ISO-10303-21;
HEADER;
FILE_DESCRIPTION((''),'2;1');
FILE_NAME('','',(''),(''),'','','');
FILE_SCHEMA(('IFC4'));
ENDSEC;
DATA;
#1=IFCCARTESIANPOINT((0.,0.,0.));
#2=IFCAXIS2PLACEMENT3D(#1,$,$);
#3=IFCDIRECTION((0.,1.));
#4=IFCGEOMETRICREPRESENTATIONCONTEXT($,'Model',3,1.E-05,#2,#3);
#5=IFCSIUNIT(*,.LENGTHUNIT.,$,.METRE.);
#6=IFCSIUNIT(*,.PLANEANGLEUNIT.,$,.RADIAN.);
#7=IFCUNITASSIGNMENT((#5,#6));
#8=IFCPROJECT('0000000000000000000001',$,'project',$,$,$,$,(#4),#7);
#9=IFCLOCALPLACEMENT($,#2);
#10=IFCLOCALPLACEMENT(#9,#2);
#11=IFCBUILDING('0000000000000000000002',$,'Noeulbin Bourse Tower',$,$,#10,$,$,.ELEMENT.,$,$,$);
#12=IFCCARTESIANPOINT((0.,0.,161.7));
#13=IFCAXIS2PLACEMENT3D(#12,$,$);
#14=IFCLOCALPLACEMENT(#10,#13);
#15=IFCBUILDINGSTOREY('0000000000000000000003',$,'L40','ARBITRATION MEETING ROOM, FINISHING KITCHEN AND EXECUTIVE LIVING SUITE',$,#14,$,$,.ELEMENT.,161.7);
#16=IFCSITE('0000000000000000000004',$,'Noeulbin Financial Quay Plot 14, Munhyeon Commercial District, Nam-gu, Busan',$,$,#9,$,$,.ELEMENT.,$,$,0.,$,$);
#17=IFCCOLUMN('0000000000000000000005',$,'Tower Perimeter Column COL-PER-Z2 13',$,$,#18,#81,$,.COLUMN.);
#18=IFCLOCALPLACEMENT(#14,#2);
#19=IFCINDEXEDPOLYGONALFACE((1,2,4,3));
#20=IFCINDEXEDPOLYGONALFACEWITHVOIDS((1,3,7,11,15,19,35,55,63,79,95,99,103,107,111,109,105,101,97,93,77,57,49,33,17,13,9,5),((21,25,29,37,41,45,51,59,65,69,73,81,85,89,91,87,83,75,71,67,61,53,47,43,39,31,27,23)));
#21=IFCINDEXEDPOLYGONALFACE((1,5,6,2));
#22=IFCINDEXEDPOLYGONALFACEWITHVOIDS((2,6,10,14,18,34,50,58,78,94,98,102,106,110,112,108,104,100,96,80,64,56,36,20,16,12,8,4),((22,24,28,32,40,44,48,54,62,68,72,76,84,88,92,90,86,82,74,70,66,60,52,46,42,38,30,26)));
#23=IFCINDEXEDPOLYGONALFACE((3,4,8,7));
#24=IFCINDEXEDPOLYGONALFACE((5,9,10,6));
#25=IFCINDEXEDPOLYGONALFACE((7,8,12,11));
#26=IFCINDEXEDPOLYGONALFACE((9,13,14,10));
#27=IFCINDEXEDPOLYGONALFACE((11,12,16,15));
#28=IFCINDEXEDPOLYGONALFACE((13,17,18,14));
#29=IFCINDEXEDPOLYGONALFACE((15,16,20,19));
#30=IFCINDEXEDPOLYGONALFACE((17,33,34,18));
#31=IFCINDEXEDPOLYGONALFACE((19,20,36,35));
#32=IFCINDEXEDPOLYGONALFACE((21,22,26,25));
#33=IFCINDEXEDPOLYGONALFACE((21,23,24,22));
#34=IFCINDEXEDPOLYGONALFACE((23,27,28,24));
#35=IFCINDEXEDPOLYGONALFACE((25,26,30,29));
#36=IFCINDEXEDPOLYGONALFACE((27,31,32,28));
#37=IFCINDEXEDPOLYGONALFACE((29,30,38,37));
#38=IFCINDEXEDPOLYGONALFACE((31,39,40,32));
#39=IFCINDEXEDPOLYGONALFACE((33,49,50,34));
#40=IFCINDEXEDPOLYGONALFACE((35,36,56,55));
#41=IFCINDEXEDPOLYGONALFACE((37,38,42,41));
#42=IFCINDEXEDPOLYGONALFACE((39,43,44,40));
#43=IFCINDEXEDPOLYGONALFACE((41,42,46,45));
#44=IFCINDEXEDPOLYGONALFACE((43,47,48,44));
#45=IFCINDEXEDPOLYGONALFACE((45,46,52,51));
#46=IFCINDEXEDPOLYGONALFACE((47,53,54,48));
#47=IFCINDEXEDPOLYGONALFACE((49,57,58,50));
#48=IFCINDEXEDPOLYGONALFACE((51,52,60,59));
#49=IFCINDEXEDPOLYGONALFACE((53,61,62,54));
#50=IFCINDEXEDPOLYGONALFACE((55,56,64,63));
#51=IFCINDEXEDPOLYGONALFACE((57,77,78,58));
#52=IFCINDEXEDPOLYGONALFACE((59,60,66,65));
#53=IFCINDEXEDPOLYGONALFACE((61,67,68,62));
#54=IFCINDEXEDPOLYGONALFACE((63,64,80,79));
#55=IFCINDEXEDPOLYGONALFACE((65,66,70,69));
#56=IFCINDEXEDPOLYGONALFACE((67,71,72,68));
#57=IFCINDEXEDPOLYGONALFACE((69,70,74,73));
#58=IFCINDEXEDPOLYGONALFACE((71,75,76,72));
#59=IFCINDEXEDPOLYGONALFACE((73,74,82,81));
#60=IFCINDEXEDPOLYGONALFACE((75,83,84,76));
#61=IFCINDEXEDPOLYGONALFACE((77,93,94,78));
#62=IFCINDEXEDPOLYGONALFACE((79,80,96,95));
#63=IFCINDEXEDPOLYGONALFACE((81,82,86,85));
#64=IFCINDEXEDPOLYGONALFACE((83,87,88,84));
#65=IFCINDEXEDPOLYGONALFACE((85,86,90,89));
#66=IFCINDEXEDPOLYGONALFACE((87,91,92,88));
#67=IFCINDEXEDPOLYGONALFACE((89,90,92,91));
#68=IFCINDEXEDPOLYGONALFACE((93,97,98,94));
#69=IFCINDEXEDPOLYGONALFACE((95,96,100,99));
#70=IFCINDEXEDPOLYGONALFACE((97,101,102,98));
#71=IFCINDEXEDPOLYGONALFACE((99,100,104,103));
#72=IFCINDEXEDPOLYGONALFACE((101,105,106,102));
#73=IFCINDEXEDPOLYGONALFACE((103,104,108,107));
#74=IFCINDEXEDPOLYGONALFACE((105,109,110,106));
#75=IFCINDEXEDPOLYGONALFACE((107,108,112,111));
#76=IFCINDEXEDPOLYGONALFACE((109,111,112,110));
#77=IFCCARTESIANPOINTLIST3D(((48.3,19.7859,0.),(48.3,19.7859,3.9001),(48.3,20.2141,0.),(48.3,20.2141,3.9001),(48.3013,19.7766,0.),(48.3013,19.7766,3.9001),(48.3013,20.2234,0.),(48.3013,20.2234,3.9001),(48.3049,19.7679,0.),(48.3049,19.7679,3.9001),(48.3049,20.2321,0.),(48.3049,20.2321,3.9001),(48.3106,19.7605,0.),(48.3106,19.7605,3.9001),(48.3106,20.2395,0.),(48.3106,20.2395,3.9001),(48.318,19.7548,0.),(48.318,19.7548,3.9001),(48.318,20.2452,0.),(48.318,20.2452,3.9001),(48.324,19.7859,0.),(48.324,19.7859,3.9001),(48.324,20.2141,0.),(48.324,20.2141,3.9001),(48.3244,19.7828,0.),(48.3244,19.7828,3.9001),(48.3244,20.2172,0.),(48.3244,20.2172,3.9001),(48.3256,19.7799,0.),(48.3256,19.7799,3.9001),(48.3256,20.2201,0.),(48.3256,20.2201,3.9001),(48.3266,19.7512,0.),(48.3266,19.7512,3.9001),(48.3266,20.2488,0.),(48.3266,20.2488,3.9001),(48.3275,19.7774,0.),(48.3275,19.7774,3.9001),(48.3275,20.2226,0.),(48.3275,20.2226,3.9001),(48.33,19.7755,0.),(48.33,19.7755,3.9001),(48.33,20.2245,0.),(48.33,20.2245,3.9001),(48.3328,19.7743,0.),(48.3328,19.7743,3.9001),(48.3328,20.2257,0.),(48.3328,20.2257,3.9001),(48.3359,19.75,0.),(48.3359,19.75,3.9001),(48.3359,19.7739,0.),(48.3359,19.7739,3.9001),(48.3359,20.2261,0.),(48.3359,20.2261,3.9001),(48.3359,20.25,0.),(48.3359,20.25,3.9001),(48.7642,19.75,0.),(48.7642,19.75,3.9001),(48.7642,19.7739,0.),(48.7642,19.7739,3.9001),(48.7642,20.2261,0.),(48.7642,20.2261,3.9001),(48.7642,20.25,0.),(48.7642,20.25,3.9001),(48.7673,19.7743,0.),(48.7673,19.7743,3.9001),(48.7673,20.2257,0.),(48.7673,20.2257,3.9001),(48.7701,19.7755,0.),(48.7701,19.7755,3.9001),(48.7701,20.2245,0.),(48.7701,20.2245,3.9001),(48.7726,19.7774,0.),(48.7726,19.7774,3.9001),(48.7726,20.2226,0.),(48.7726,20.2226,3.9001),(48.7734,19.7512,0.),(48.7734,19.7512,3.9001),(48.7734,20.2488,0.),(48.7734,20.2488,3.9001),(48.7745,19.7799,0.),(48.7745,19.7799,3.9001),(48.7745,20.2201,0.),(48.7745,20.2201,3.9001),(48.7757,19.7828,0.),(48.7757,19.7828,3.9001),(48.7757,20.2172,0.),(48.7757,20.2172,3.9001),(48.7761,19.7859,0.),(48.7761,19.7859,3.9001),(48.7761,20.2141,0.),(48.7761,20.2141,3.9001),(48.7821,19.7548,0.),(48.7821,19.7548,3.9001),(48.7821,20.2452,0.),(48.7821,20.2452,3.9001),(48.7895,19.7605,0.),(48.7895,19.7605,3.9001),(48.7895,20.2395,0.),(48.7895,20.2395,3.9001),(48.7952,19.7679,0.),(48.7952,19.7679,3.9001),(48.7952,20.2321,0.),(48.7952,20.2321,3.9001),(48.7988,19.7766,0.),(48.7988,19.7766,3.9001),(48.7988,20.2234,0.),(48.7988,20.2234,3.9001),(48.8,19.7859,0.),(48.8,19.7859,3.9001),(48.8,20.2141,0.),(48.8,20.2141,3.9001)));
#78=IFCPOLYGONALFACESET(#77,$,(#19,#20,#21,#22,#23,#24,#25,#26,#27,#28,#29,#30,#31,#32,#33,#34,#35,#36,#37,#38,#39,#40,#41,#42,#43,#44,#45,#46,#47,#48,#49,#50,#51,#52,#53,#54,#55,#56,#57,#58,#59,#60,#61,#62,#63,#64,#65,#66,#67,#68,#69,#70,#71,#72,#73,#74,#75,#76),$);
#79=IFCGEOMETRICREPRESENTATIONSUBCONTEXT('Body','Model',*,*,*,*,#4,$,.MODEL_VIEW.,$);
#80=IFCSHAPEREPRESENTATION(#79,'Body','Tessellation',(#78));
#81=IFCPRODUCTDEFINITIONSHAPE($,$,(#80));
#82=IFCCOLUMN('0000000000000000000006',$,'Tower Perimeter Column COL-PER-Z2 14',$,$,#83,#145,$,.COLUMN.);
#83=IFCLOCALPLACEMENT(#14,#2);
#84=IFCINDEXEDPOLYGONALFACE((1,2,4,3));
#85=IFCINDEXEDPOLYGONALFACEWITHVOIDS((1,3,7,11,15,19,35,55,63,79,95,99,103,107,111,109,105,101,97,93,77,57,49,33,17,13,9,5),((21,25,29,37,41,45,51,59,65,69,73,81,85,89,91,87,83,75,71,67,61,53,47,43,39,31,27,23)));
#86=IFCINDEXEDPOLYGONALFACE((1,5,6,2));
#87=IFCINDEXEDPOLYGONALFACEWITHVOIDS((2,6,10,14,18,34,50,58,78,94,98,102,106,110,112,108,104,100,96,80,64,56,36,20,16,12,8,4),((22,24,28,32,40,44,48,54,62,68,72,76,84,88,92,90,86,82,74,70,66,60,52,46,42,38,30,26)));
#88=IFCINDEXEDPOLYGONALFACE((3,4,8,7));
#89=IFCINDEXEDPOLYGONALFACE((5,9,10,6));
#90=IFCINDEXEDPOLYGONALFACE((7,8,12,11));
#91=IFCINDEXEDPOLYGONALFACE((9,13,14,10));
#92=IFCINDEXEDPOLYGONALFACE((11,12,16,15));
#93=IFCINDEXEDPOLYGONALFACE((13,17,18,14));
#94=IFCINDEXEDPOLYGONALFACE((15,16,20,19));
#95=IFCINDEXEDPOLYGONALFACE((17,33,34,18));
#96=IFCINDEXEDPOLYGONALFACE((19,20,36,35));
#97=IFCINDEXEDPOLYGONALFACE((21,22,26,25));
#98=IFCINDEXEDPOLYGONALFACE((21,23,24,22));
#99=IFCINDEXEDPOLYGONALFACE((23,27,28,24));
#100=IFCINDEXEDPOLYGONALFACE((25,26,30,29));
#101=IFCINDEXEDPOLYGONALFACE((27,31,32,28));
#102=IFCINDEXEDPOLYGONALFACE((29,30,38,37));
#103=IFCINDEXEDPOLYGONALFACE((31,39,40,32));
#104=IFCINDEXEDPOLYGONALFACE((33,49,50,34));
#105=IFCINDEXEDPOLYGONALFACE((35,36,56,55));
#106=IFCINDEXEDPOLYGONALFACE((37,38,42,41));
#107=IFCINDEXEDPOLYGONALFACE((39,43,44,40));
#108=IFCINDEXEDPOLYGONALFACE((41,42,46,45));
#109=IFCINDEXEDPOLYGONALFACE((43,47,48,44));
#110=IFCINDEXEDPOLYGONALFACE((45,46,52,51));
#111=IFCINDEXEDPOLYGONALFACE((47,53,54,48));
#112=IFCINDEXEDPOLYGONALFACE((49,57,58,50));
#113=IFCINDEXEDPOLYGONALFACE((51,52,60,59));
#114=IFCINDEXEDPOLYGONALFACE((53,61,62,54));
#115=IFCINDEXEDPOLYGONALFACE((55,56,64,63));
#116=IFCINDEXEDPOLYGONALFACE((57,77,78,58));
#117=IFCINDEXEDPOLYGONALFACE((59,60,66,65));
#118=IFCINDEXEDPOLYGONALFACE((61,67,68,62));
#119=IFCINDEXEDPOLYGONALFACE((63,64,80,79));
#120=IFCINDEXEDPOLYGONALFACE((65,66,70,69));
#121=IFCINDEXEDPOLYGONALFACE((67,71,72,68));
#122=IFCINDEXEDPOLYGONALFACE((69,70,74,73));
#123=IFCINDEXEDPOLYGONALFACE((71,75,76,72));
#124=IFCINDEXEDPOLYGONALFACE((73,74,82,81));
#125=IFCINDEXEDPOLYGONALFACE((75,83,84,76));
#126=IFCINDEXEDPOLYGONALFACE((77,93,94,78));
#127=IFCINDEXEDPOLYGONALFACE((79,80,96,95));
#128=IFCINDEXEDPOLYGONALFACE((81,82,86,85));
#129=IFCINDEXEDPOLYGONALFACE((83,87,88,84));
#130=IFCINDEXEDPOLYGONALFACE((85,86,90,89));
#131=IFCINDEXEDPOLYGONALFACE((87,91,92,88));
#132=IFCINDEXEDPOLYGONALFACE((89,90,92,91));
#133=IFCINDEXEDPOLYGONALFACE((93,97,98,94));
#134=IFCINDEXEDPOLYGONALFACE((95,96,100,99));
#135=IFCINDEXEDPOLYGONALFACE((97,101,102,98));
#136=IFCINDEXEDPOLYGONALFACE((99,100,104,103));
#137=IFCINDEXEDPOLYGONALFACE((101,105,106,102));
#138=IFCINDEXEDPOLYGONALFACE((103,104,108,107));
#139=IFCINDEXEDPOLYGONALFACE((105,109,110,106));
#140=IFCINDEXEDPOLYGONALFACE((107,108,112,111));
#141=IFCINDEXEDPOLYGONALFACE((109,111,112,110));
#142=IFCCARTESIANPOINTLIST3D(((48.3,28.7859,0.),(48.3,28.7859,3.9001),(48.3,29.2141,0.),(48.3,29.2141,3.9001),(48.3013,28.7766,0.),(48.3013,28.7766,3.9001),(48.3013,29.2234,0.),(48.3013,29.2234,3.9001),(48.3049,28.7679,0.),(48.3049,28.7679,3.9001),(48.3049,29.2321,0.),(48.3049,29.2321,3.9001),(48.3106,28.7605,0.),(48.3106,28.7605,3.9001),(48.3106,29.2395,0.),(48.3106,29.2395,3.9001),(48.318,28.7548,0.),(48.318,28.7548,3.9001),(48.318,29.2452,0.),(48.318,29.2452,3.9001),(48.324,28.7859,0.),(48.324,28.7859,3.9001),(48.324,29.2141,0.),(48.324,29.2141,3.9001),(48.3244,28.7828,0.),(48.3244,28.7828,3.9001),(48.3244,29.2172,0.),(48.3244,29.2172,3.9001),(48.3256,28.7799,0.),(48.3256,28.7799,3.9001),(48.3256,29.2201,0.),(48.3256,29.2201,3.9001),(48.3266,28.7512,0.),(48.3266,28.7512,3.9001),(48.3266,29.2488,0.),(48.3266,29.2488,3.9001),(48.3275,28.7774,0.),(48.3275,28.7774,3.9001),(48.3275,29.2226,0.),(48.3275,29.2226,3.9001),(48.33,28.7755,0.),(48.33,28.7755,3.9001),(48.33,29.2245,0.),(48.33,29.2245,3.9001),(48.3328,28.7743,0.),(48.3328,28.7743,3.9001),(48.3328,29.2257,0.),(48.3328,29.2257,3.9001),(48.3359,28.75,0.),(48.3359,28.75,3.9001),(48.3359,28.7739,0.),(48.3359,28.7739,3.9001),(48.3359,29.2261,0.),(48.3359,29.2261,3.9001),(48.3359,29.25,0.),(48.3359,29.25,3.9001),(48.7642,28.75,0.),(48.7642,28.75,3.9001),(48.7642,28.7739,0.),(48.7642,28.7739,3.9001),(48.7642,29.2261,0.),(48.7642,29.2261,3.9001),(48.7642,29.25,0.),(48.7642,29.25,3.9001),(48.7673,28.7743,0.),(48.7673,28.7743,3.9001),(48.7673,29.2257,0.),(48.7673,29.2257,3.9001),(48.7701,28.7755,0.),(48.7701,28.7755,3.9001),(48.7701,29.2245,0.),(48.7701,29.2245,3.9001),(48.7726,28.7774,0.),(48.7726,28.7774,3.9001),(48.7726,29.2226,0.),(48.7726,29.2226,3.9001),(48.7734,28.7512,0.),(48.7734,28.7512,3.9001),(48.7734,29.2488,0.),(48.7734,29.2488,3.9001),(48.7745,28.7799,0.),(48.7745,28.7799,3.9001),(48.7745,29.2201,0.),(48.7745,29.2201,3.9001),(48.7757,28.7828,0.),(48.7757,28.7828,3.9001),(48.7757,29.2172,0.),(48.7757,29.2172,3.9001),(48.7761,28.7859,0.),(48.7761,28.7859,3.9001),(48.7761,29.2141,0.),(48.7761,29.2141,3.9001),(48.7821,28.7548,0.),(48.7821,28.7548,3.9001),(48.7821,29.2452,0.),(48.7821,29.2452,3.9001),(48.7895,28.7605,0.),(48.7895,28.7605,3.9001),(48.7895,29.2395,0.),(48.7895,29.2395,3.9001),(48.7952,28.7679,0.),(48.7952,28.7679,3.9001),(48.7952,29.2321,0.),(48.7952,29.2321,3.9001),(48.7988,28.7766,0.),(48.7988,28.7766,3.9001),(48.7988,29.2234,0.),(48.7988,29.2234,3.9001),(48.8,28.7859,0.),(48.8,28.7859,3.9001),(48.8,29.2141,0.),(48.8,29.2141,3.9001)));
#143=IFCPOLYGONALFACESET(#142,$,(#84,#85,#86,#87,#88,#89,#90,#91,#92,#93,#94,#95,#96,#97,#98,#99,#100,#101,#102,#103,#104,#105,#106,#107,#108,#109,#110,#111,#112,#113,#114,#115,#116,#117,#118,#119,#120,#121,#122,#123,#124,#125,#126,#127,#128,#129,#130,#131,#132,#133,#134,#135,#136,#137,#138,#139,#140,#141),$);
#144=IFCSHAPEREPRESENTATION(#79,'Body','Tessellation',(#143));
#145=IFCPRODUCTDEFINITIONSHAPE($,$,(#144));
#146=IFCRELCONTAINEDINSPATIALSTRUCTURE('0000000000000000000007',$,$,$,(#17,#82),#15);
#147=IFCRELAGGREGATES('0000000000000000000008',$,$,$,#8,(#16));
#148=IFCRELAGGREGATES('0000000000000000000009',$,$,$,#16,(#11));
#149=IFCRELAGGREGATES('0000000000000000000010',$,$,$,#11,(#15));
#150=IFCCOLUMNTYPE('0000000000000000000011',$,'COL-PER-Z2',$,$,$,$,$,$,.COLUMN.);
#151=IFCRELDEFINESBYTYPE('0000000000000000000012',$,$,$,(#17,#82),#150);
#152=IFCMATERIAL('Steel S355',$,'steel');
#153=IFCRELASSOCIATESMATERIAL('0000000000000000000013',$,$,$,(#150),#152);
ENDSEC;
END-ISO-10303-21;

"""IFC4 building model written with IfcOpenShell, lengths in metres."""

from ifc_helpers import new_model, si_unit, direction, frame, origin, origin_2d, place, context, subcontext, project, spatial, hollow_rectangle, extrude, material, material_profile, profile_set, type_object, element, save


model = new_model("IFC4")

# Units and contexts
model_context = context("Model", 3, precision=1e-05, world=origin(), true_north=direction((0.0, 1.0)))
body_context = subcontext(model_context, "Body", "Model", "MODEL_VIEW")
ifc_project = project(units=[si_unit("LENGTHUNIT", "METRE"), si_unit("PLANEANGLEUNIT", "RADIAN")], contexts=[model_context])

# Site, building, storey
site_placement = place(None, origin())
site = spatial("IfcSite", under=ifc_project, at=site_placement, Name="Noeulbin Financial Quay Plot 14, Munhyeon Commercial District, Nam-gu, Busan", CompositionType="ELEMENT", RefElevation=0.0)
building_placement = place(site_placement, origin())
building = spatial("IfcBuilding", under=site, at=building_placement, Name="Noeulbin Bourse Tower", CompositionType="ELEMENT")
storey_placement = place(building_placement, frame((0.0, 0.0, 161.7)))
storey = spatial("IfcBuildingStorey", under=building, at=storey_placement, Name="L40", Description="ARBITRATION MEETING ROOM, FINISHING KITCHEN AND EXECUTIVE LIVING SUITE", CompositionType="ELEMENT", Elevation=161.7)

# Columns
ifc_material_1 = material(Name="Steel S355", Category="steel")
ifc_material_profile_1 = material_profile(ifc_material_1, hollow_rectangle(XDim=0.5, YDim=0.5, WallThickness=0.0239, InnerFilletRadius=0.012, OuterFilletRadius=0.0359, at=origin_2d()), Name="BOX-500x500x24", Category="LoadBearing")
ifc_profile_set_1 = profile_set([ifc_material_profile_1], Name="Steel S355")
column_type_1 = type_object("IfcColumnType", Name="COL-PER-Z2", PredefinedType="COLUMN", material=ifc_profile_set_1)
for number, where, z_axis, x_axis, name in (
    (1, (48.55, 20.0, 0.0), (0.0, 0.0, 1.0), (1.0, 0.0, 0.0), "Tower Perimeter Column COL-PER-Z2 13"),
    (2, (48.55, 29.0, 0.0), (0.0, 0.0, 1.0), (1.0, 0.0, 0.0), "Tower Perimeter Column COL-PER-Z2 14"),
):
    element("IfcColumn", number, at=place(storey_placement, frame(where, z_axis=z_axis, x_axis=x_axis)), inside=storey, type_object=column_type_1, Name=name, PredefinedType="COLUMN", context=body_context, shape_type="SweptSolid", body=[
        extrude(hollow_rectangle(XDim=0.5, YDim=0.5, WallThickness=0.0239, InnerFilletRadius=0.012, OuterFilletRadius=0.0359, at=origin_2d()), origin(), (0.0, 0.0, 1.0), 3.9001),
    ])

save(model, "model.ifc")
